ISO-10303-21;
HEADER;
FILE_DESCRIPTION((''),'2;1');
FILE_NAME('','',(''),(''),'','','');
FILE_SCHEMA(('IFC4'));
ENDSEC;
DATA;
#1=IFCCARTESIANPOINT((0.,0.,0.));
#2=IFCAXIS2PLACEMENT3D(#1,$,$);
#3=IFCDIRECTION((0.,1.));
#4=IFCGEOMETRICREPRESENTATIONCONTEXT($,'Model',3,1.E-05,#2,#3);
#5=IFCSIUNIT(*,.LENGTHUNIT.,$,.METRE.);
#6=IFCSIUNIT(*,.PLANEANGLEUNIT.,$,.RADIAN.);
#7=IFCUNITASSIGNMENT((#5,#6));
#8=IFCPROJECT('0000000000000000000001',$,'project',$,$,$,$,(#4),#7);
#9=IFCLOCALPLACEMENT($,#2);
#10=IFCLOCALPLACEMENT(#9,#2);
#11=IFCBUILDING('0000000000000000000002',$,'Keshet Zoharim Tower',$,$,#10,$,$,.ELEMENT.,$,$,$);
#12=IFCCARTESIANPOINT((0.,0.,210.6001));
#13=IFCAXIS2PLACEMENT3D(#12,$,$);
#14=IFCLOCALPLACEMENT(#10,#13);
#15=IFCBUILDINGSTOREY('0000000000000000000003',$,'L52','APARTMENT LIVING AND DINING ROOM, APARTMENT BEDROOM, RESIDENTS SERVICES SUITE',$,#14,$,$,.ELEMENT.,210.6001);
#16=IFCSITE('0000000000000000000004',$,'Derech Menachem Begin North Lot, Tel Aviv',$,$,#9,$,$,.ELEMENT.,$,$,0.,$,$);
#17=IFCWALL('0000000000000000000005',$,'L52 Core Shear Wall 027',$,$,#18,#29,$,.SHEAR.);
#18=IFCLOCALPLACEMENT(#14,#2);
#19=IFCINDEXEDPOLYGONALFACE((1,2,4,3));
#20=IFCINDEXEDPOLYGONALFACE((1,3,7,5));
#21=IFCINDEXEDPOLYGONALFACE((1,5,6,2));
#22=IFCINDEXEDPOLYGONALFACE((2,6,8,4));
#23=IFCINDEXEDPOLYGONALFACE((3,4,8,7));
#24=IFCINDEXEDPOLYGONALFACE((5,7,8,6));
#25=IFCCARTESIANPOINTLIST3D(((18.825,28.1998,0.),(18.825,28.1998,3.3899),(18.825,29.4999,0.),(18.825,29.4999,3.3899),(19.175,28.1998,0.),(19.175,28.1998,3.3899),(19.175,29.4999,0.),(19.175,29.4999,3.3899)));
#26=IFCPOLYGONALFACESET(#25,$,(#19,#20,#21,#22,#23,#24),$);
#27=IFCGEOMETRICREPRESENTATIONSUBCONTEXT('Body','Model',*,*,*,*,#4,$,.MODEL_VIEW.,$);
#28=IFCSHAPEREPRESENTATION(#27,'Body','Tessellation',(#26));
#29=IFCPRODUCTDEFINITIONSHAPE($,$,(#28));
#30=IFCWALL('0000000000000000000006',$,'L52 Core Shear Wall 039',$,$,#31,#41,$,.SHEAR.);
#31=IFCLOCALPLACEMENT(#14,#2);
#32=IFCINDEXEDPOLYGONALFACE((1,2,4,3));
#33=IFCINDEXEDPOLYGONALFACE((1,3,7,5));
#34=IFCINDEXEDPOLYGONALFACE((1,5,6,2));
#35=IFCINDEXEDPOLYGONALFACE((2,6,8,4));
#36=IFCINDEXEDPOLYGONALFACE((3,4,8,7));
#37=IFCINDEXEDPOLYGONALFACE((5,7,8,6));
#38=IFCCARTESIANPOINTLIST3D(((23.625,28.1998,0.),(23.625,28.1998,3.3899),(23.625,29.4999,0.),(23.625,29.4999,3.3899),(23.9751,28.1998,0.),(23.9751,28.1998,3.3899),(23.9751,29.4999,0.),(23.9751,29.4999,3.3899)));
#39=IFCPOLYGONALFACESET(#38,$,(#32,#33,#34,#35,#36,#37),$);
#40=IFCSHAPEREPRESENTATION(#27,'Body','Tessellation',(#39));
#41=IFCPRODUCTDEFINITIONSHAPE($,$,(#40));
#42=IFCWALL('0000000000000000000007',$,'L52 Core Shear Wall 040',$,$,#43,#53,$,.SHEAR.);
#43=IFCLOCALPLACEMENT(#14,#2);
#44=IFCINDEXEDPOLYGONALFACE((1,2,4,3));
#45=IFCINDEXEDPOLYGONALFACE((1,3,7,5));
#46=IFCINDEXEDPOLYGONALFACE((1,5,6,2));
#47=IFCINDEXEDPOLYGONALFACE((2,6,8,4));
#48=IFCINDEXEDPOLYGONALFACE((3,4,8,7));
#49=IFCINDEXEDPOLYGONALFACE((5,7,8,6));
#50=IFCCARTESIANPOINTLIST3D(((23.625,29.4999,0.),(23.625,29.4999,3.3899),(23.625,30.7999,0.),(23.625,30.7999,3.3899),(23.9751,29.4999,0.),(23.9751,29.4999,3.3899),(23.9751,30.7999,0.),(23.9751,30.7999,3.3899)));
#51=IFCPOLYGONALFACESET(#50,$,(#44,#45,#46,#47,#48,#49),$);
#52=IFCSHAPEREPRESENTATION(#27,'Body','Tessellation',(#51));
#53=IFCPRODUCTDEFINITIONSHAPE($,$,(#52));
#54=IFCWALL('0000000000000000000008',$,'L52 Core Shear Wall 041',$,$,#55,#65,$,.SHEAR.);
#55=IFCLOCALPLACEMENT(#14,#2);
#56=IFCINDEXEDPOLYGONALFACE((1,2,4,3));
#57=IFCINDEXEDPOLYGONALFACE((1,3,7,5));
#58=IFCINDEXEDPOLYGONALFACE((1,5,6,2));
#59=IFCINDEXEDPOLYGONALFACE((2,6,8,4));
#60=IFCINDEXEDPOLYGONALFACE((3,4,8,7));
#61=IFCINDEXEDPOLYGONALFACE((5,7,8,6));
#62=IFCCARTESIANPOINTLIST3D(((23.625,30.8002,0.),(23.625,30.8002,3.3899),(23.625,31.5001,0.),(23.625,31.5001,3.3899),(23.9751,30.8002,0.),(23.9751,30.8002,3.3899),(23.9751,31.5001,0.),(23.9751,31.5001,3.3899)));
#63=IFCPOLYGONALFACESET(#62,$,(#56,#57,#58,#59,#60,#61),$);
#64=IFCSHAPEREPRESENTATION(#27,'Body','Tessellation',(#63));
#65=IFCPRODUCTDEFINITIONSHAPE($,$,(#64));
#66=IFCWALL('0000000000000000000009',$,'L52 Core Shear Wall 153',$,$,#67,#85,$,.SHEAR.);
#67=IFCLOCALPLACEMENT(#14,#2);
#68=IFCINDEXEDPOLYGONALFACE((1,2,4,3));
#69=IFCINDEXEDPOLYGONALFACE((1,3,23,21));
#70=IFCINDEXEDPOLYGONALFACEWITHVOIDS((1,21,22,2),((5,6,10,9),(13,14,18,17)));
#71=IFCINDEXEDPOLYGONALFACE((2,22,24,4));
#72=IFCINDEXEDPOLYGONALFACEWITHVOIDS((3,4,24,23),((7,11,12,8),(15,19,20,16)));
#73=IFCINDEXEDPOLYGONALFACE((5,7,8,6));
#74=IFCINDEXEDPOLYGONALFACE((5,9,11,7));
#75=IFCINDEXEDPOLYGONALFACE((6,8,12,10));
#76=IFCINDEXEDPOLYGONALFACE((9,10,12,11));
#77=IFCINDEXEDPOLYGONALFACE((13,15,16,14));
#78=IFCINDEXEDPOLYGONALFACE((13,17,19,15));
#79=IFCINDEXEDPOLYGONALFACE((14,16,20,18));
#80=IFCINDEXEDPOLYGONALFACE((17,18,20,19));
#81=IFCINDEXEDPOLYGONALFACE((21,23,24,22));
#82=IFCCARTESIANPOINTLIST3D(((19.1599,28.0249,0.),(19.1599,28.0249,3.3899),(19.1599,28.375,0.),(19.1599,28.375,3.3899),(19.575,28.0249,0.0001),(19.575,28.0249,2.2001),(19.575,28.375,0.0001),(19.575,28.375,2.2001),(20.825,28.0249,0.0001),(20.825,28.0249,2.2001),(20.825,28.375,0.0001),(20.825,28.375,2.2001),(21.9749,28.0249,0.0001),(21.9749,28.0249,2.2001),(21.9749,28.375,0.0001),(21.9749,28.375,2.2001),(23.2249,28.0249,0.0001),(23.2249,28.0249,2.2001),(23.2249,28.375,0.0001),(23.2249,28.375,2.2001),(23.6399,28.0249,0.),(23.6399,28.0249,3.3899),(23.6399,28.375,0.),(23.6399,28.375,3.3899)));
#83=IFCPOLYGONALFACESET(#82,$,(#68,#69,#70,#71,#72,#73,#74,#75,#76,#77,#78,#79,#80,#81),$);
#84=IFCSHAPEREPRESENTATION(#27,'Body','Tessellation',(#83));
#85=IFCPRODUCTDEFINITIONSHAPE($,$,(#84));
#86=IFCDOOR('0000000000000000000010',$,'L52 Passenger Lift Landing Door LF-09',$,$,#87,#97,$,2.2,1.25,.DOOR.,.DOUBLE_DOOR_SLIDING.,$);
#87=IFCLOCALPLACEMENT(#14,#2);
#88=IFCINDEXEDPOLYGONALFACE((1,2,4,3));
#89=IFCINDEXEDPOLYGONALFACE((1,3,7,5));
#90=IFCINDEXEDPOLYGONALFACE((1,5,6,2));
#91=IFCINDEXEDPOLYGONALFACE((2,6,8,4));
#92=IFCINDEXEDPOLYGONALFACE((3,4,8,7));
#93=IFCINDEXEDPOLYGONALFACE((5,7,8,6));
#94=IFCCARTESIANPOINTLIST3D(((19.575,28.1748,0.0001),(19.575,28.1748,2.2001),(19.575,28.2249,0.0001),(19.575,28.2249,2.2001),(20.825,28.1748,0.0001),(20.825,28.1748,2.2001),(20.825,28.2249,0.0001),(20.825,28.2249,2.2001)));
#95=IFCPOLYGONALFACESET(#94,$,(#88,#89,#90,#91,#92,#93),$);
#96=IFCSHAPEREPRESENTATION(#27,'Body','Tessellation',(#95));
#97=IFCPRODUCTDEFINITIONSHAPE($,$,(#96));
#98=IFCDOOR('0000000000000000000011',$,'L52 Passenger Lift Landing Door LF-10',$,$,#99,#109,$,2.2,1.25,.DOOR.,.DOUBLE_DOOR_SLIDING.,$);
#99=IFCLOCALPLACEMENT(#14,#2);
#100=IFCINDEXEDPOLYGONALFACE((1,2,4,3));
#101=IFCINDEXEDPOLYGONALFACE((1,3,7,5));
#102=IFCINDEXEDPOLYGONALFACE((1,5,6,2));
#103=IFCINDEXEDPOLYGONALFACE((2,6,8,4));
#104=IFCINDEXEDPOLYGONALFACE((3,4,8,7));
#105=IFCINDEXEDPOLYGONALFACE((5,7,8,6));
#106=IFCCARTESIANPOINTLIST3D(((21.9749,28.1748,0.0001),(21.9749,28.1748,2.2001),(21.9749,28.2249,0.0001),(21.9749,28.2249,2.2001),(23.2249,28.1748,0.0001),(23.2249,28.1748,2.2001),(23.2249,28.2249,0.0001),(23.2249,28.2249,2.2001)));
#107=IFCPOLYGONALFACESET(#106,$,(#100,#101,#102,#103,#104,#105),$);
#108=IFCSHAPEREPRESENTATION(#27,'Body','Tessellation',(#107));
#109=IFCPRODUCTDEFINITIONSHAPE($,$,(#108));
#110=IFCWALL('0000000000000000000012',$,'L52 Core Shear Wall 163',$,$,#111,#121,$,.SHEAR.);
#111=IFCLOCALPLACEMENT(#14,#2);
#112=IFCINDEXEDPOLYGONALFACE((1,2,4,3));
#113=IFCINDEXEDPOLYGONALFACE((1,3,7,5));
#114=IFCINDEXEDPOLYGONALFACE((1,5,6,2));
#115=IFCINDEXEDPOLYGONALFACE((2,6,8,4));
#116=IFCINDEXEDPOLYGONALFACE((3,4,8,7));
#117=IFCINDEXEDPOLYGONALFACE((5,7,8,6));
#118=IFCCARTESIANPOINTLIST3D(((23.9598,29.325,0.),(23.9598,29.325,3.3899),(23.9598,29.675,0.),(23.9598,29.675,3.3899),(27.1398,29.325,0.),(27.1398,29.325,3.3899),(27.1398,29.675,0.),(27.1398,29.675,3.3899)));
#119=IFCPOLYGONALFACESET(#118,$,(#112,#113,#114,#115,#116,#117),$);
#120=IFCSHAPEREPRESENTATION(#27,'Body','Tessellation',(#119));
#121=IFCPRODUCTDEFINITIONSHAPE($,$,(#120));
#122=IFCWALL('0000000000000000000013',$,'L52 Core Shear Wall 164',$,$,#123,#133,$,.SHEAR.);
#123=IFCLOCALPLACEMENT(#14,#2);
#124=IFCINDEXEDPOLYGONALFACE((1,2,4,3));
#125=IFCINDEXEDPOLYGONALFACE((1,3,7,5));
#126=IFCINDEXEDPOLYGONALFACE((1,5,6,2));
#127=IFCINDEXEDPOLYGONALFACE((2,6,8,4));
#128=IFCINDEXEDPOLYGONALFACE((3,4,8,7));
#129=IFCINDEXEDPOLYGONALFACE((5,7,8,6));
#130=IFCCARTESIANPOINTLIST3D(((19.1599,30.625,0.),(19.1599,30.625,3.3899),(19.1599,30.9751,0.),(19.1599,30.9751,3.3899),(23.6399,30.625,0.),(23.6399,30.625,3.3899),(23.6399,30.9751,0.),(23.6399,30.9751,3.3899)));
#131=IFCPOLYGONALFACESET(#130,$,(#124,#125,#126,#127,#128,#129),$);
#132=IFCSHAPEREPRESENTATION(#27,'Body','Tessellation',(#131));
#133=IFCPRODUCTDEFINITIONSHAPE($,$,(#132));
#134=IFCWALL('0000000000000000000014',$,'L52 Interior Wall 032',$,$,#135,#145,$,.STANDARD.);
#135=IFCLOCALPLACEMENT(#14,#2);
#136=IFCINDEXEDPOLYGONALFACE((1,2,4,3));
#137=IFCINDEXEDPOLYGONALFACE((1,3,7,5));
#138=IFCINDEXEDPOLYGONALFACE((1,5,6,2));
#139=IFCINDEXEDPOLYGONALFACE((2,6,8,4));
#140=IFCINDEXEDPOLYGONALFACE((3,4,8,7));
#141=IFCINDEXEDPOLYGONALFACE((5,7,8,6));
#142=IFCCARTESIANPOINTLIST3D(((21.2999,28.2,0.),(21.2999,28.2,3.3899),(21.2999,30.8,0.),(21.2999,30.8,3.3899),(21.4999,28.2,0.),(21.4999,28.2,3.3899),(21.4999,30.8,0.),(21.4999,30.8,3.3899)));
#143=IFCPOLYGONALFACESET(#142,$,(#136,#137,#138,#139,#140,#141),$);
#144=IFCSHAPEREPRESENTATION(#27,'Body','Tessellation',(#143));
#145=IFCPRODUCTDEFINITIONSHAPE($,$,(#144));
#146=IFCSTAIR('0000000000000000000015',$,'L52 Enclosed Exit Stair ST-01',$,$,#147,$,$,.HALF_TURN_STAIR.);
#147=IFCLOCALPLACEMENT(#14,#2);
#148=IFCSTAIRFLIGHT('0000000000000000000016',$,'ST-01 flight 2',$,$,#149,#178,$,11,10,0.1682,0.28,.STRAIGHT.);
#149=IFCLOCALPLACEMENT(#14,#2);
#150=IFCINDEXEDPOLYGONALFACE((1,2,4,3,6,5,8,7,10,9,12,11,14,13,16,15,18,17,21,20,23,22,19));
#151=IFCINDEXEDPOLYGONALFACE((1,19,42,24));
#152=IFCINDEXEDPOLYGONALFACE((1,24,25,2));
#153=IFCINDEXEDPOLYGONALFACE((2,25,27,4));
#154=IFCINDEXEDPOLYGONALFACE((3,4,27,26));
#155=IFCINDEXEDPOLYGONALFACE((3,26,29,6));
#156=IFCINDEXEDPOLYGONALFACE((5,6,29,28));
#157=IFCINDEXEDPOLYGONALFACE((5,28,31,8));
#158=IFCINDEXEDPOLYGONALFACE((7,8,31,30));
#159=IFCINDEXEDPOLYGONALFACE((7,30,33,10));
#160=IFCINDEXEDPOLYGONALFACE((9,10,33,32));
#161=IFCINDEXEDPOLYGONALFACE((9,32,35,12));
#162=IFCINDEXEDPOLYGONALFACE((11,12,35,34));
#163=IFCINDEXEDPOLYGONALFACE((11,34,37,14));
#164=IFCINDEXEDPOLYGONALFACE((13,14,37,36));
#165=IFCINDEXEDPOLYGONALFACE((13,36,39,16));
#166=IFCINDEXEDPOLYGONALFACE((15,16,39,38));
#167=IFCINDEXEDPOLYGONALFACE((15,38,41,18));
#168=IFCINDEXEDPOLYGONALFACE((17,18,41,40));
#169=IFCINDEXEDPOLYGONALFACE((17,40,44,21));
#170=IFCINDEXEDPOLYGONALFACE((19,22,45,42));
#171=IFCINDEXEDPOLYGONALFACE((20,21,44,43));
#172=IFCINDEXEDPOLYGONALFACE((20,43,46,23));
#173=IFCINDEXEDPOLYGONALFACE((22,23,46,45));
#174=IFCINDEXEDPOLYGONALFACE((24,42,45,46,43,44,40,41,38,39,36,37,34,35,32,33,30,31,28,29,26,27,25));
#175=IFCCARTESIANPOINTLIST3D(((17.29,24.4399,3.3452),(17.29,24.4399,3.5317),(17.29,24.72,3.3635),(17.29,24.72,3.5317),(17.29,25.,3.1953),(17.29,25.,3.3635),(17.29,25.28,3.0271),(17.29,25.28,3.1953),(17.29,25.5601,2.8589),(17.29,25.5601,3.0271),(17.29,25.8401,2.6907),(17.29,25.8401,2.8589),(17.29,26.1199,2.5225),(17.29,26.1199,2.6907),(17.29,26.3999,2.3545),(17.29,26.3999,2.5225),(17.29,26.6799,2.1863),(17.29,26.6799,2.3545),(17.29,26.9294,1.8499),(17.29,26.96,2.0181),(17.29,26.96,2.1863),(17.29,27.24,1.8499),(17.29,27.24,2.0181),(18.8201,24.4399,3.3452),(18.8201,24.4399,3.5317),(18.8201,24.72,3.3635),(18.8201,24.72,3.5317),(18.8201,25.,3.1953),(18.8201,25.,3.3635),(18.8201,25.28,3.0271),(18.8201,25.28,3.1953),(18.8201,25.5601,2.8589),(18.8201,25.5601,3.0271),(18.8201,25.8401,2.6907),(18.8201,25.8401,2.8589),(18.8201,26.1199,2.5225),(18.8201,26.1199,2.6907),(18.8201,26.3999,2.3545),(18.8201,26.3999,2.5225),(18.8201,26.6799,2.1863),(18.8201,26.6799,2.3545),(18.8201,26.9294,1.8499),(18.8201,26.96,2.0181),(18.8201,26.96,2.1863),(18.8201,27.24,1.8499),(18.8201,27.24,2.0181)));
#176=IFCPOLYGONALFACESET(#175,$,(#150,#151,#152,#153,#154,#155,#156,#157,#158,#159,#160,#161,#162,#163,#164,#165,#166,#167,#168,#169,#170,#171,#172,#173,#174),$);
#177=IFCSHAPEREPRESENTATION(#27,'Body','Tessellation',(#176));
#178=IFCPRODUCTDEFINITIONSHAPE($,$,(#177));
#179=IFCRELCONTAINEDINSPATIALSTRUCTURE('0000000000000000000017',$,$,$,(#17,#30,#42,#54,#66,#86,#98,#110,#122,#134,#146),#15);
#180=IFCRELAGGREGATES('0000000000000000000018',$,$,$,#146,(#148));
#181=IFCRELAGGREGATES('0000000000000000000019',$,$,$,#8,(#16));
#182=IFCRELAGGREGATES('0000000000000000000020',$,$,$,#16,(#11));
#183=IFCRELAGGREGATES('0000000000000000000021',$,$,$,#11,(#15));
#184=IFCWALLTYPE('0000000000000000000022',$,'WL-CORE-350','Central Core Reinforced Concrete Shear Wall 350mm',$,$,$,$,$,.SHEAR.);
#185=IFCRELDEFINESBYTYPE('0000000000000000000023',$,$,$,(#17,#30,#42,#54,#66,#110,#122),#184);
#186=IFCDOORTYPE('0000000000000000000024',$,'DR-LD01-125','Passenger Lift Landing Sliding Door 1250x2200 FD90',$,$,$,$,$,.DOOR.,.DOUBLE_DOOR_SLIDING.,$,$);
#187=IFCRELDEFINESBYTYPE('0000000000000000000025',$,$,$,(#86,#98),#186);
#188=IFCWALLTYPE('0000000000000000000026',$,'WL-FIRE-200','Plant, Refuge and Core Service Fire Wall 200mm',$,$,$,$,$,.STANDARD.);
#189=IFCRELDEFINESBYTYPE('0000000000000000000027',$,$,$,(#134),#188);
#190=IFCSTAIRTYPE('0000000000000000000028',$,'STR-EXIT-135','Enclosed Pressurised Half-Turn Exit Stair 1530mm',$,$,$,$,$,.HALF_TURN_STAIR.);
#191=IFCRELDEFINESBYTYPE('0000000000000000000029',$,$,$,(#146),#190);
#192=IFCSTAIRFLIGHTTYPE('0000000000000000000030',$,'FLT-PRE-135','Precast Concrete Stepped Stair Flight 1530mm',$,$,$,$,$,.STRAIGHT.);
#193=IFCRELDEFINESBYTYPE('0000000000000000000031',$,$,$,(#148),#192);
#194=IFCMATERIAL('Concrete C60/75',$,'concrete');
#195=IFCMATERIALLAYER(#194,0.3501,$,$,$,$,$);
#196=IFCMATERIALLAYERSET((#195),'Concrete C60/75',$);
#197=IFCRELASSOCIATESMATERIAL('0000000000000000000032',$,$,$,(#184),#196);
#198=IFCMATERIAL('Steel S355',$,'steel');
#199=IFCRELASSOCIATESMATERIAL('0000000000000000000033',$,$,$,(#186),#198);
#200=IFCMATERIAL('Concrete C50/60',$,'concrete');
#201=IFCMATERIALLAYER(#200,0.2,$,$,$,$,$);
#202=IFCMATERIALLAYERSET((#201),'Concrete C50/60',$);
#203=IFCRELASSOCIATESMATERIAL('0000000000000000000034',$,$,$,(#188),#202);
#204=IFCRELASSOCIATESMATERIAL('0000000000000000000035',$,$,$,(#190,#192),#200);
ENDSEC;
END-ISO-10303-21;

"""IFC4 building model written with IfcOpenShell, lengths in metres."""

from ifc_helpers import new_model, si_unit, direction, frame, frame_2d, origin, place, context, subcontext, project, spatial, polyline, rectangle, outline, extrude, material, layer, layer_set, type_object, element, fill, aggregate, save


model = new_model("IFC4")

# Units and contexts
model_context = context("Model", 3, precision=1e-05, world=origin(), true_north=direction((0.0, 1.0)))
body_context = subcontext(model_context, "Body", "Model", "MODEL_VIEW")
ifc_project = project(units=[si_unit("LENGTHUNIT", "METRE"), si_unit("PLANEANGLEUNIT", "RADIAN")], contexts=[model_context])

# Site, building, storey
site_placement = place(None, origin())
site = spatial("IfcSite", under=ifc_project, at=site_placement, Name="Derech Menachem Begin North Lot, Tel Aviv", CompositionType="ELEMENT", RefElevation=0.0)
building_placement = place(site_placement, origin())
building = spatial("IfcBuilding", under=site, at=building_placement, Name="Keshet Zoharim Tower", CompositionType="ELEMENT")
storey_placement = place(building_placement, frame((0.0, 0.0, 210.6001)))
storey = spatial("IfcBuildingStorey", under=building, at=storey_placement, Name="L52", Description="APARTMENT LIVING AND DINING ROOM, APARTMENT BEDROOM, RESIDENTS SERVICES SUITE", CompositionType="ELEMENT", Elevation=210.6001)

# Wall
ifc_material_1 = material(Name="Concrete C60/75", Category="concrete")
ifc_layer_1 = layer(ifc_material_1, 0.3501)
ifc_layer_set_1 = layer_set([ifc_layer_1], Name="Concrete C60/75")
wall_type_1 = type_object("IfcWallType", Name="WL-CORE-350", Description="Central Core Reinforced Concrete Shear Wall 350mm", PredefinedType="SHEAR", material=ifc_layer_set_1)
wall_1_placement = place(storey_placement, frame((19.0, 28.2, 0.0), z_axis=(0.0, 0.0, 1.0), x_axis=(0.0, 1.0, 0.0)))
element("IfcWall", 1, at=wall_1_placement, inside=storey, type_object=wall_type_1, Name="L52 Core Shear Wall 027", PredefinedType="SHEAR", context=body_context, shape_type="SweptSolid", body=[
    extrude(rectangle(XDim=1.3, YDim=0.3501, at=frame_2d((0.6499, 0.0))), origin(), (0.0, 0.0, 1.0), 3.3899),
])

# Walls
for number, where, z_axis, x_axis, name in (
    (2, (23.8, 28.2, 0.0), (0.0, 0.0, 1.0), (0.0, 1.0, 0.0), "L52 Core Shear Wall 039"),
    (3, (23.8, 29.5, 0.0), (0.0, 0.0, 1.0), (0.0, 1.0, 0.0), "L52 Core Shear Wall 040"),
):
    element("IfcWall", number, at=place(storey_placement, frame(where, z_axis=z_axis, x_axis=x_axis)), inside=storey, type_object=wall_type_1, Name=name, PredefinedType="SHEAR", context=body_context, shape_type="SweptSolid", body=[
        extrude(rectangle(XDim=1.3, YDim=0.3501, at=frame_2d((0.6499, 0.0))), origin(), (0.0, 0.0, 1.0), 3.3899),
    ])
wall_2_placement = place(storey_placement, frame((23.8, 30.8, 0.0), z_axis=(0.0, 0.0, 1.0), x_axis=(0.0, 1.0, 0.0)))
element("IfcWall", 4, at=wall_2_placement, inside=storey, type_object=wall_type_1, Name="L52 Core Shear Wall 041", PredefinedType="SHEAR", context=body_context, shape_type="SweptSolid", body=[
    extrude(rectangle(XDim=0.7, YDim=0.3501, at=frame_2d((0.3501, 0.0))), origin(), (0.0, 0.0, 1.0), 3.3899),
])

# Wall, openings, doors
wall_3_placement = place(storey_placement, frame((19.1599, 28.2, 0.0), z_axis=(0.0, 0.0, 1.0), x_axis=(1.0, 0.0, 0.0)))
wall_3 = element("IfcWall", 5, at=wall_3_placement, inside=storey, type_object=wall_type_1, Name="L52 Core Shear Wall 153", PredefinedType="SHEAR", context=body_context, shape_type="SweptSolid", body=[
    extrude(rectangle(XDim=4.48, YDim=0.3501, at=frame_2d((2.24, 0.0))), origin(), (0.0, 0.0, 1.0), 3.3899),
])
opening_1_placement = place(wall_3_placement, frame((0.415, 0.0, 0.0)))
opening_1 = element("IfcOpeningElement", 6, at=opening_1_placement, cuts=wall_3, PredefinedType="OPENING", context=body_context, shape_type="SweptSolid", body=[
    extrude(rectangle(XDim=1.25, YDim=2.2, at=frame_2d((0.625, 1.1001))), frame((0.0, 0.1851, 0.0), z_axis=(0.0, -1.0, 0.0), x_axis=(1.0, 0.0, 0.0)), (0.0, 0.0, 1.0), 0.3701),
])
opening_2_placement = place(wall_3_placement, frame((2.8149, 0.0, 0.0)))
opening_2 = element("IfcOpeningElement", 7, at=opening_2_placement, cuts=wall_3, PredefinedType="OPENING", context=body_context, shape_type="SweptSolid", body=[
    extrude(rectangle(XDim=1.25, YDim=2.2, at=frame_2d((0.625, 1.1001))), frame((0.0, 0.1851, 0.0), z_axis=(0.0, -1.0, 0.0), x_axis=(1.0, 0.0, 0.0)), (0.0, 0.0, 1.0), 0.3701),
])
ifc_material_2 = material(Name="Steel S355", Category="steel")
door_type_1 = type_object("IfcDoorType", Name="DR-LD01-125", Description="Passenger Lift Landing Sliding Door 1250x2200 FD90", OperationType="DOUBLE_DOOR_SLIDING", PredefinedType="DOOR", material=ifc_material_2)
door_1_placement = place(opening_1_placement, origin())
door_1 = element("IfcDoor", 8, at=door_1_placement, inside=storey, type_object=door_type_1, Name="L52 Passenger Lift Landing Door LF-09", OperationType="DOUBLE_DOOR_SLIDING", OverallHeight=2.2, OverallWidth=1.25, PredefinedType="DOOR", context=body_context, shape_type="SweptSolid", body=[
    extrude(rectangle(XDim=1.25, YDim=2.2, at=frame_2d((0.625, 1.1001))), frame((0.0, 0.0249, 0.0), z_axis=(0.0, -1.0, 0.0), x_axis=(1.0, 0.0, 0.0)), (0.0, 0.0, 1.0), 0.05),
])
fill(opening_1, door_1)
door_2_placement = place(opening_2_placement, origin())
door_2 = element("IfcDoor", 9, at=door_2_placement, inside=storey, type_object=door_type_1, Name="L52 Passenger Lift Landing Door LF-10", OperationType="DOUBLE_DOOR_SLIDING", OverallHeight=2.2, OverallWidth=1.25, PredefinedType="DOOR", context=body_context, shape_type="SweptSolid", body=[
    extrude(rectangle(XDim=1.25, YDim=2.2, at=frame_2d((0.625, 1.1001))), frame((0.0, 0.0249, 0.0), z_axis=(0.0, -1.0, 0.0), x_axis=(1.0, 0.0, 0.0)), (0.0, 0.0, 1.0), 0.05),
])
fill(opening_2, door_2)

# Walls
wall_4_placement = place(storey_placement, frame((23.96, 29.5, 0.0), z_axis=(0.0, 0.0, 1.0), x_axis=(1.0, 0.0, 0.0)))
element("IfcWall", 10, at=wall_4_placement, inside=storey, type_object=wall_type_1, Name="L52 Core Shear Wall 163", PredefinedType="SHEAR", context=body_context, shape_type="SweptSolid", body=[
    extrude(rectangle(XDim=3.1799, YDim=0.3501, at=frame_2d((1.5898, 0.0))), origin(), (0.0, 0.0, 1.0), 3.3899),
])
wall_5_placement = place(storey_placement, frame((19.1599, 30.8, 0.0), z_axis=(0.0, 0.0, 1.0), x_axis=(1.0, 0.0, 0.0)))
element("IfcWall", 11, at=wall_5_placement, inside=storey, type_object=wall_type_1, Name="L52 Core Shear Wall 164", PredefinedType="SHEAR", context=body_context, shape_type="SweptSolid", body=[
    extrude(rectangle(XDim=4.48, YDim=0.3501, at=frame_2d((2.24, 0.0))), origin(), (0.0, 0.0, 1.0), 3.3899),
])
ifc_material_3 = material(Name="Concrete C50/60", Category="concrete")
ifc_layer_2 = layer(ifc_material_3, 0.2)
ifc_layer_set_2 = layer_set([ifc_layer_2], Name="Concrete C50/60")
wall_type_2 = type_object("IfcWallType", Name="WL-FIRE-200", Description="Plant, Refuge and Core Service Fire Wall 200mm", PredefinedType="STANDARD", material=ifc_layer_set_2)
wall_6_placement = place(storey_placement, frame((21.3999, 28.2, 0.0), z_axis=(0.0, 0.0, 1.0), x_axis=(0.0, 1.0, 0.0)))
element("IfcWall", 12, at=wall_6_placement, inside=storey, type_object=wall_type_2, Name="L52 Interior Wall 032", PredefinedType="STANDARD", context=body_context, shape_type="SweptSolid", body=[
    extrude(rectangle(XDim=2.6001, YDim=0.2, at=frame_2d((1.3, 0.0))), origin(), (0.0, 0.0, 1.0), 3.3899),
])

# Stair, stair flight
stair_type = type_object("IfcStairType", Name="STR-EXIT-135", Description="Enclosed Pressurised Half-Turn Exit Stair 1530mm", PredefinedType="HALF_TURN_STAIR", material=ifc_material_3)
stair_1_placement = place(storey_placement, origin())
stair_1 = element("IfcStair", 13, at=stair_1_placement, inside=storey, type_object=stair_type, Name="L52 Enclosed Exit Stair ST-01", PredefinedType="HALF_TURN_STAIR")
stair_flight_type_1 = type_object("IfcStairFlightType", Name="FLT-PRE-135", Description="Precast Concrete Stepped Stair Flight 1530mm", PredefinedType="STRAIGHT", material=ifc_material_3)
stair_flight_1_placement = place(storey_placement, frame((18.0549, 27.24, 1.8499), z_axis=(0.0, 0.0, 1.0), x_axis=(0.0, -1.0, 0.0)))
stair_flight_1 = element("IfcStairFlight", 14, at=stair_flight_1_placement, type_object=stair_flight_type_1, Name="ST-01 flight 2", NumberOfRisers=11, NumberOfTreads=10, PredefinedType="STRAIGHT", RiserHeight=0.1682, TreadLength=0.28, context=body_context, shape_type="SweptSolid", body=[
    extrude(outline(polyline([(0.0, 0.0), (0.0, 0.1682), (0.28, 0.1682), (0.28, 0.3364), (0.5601, 0.3364), (0.5601, 0.5046), (0.8401, 0.5046), (0.8401, 0.6726), (1.1201, 0.6726), (1.1201, 0.8408), (1.3999, 0.8408), (1.3999, 1.009), (1.6799, 1.009), (1.6799, 1.1772), (1.96, 1.1772), (1.96, 1.3455), (2.24, 1.3455), (2.24, 1.5137), (2.52, 1.5137), (2.52, 1.6819), (2.8, 1.6819), (2.8, 1.8501), (2.8, 1.4954), (0.3105, 0.0), (0.0, 0.0)])), frame((0.0, 0.7651, 0.0), z_axis=(0.0, -1.0, 0.0), x_axis=(1.0, 0.0, 0.0)), (0.0, 0.0, 1.0), 1.53),
])
aggregate(stair_1, [stair_flight_1])

save(model, "model.ifc")
